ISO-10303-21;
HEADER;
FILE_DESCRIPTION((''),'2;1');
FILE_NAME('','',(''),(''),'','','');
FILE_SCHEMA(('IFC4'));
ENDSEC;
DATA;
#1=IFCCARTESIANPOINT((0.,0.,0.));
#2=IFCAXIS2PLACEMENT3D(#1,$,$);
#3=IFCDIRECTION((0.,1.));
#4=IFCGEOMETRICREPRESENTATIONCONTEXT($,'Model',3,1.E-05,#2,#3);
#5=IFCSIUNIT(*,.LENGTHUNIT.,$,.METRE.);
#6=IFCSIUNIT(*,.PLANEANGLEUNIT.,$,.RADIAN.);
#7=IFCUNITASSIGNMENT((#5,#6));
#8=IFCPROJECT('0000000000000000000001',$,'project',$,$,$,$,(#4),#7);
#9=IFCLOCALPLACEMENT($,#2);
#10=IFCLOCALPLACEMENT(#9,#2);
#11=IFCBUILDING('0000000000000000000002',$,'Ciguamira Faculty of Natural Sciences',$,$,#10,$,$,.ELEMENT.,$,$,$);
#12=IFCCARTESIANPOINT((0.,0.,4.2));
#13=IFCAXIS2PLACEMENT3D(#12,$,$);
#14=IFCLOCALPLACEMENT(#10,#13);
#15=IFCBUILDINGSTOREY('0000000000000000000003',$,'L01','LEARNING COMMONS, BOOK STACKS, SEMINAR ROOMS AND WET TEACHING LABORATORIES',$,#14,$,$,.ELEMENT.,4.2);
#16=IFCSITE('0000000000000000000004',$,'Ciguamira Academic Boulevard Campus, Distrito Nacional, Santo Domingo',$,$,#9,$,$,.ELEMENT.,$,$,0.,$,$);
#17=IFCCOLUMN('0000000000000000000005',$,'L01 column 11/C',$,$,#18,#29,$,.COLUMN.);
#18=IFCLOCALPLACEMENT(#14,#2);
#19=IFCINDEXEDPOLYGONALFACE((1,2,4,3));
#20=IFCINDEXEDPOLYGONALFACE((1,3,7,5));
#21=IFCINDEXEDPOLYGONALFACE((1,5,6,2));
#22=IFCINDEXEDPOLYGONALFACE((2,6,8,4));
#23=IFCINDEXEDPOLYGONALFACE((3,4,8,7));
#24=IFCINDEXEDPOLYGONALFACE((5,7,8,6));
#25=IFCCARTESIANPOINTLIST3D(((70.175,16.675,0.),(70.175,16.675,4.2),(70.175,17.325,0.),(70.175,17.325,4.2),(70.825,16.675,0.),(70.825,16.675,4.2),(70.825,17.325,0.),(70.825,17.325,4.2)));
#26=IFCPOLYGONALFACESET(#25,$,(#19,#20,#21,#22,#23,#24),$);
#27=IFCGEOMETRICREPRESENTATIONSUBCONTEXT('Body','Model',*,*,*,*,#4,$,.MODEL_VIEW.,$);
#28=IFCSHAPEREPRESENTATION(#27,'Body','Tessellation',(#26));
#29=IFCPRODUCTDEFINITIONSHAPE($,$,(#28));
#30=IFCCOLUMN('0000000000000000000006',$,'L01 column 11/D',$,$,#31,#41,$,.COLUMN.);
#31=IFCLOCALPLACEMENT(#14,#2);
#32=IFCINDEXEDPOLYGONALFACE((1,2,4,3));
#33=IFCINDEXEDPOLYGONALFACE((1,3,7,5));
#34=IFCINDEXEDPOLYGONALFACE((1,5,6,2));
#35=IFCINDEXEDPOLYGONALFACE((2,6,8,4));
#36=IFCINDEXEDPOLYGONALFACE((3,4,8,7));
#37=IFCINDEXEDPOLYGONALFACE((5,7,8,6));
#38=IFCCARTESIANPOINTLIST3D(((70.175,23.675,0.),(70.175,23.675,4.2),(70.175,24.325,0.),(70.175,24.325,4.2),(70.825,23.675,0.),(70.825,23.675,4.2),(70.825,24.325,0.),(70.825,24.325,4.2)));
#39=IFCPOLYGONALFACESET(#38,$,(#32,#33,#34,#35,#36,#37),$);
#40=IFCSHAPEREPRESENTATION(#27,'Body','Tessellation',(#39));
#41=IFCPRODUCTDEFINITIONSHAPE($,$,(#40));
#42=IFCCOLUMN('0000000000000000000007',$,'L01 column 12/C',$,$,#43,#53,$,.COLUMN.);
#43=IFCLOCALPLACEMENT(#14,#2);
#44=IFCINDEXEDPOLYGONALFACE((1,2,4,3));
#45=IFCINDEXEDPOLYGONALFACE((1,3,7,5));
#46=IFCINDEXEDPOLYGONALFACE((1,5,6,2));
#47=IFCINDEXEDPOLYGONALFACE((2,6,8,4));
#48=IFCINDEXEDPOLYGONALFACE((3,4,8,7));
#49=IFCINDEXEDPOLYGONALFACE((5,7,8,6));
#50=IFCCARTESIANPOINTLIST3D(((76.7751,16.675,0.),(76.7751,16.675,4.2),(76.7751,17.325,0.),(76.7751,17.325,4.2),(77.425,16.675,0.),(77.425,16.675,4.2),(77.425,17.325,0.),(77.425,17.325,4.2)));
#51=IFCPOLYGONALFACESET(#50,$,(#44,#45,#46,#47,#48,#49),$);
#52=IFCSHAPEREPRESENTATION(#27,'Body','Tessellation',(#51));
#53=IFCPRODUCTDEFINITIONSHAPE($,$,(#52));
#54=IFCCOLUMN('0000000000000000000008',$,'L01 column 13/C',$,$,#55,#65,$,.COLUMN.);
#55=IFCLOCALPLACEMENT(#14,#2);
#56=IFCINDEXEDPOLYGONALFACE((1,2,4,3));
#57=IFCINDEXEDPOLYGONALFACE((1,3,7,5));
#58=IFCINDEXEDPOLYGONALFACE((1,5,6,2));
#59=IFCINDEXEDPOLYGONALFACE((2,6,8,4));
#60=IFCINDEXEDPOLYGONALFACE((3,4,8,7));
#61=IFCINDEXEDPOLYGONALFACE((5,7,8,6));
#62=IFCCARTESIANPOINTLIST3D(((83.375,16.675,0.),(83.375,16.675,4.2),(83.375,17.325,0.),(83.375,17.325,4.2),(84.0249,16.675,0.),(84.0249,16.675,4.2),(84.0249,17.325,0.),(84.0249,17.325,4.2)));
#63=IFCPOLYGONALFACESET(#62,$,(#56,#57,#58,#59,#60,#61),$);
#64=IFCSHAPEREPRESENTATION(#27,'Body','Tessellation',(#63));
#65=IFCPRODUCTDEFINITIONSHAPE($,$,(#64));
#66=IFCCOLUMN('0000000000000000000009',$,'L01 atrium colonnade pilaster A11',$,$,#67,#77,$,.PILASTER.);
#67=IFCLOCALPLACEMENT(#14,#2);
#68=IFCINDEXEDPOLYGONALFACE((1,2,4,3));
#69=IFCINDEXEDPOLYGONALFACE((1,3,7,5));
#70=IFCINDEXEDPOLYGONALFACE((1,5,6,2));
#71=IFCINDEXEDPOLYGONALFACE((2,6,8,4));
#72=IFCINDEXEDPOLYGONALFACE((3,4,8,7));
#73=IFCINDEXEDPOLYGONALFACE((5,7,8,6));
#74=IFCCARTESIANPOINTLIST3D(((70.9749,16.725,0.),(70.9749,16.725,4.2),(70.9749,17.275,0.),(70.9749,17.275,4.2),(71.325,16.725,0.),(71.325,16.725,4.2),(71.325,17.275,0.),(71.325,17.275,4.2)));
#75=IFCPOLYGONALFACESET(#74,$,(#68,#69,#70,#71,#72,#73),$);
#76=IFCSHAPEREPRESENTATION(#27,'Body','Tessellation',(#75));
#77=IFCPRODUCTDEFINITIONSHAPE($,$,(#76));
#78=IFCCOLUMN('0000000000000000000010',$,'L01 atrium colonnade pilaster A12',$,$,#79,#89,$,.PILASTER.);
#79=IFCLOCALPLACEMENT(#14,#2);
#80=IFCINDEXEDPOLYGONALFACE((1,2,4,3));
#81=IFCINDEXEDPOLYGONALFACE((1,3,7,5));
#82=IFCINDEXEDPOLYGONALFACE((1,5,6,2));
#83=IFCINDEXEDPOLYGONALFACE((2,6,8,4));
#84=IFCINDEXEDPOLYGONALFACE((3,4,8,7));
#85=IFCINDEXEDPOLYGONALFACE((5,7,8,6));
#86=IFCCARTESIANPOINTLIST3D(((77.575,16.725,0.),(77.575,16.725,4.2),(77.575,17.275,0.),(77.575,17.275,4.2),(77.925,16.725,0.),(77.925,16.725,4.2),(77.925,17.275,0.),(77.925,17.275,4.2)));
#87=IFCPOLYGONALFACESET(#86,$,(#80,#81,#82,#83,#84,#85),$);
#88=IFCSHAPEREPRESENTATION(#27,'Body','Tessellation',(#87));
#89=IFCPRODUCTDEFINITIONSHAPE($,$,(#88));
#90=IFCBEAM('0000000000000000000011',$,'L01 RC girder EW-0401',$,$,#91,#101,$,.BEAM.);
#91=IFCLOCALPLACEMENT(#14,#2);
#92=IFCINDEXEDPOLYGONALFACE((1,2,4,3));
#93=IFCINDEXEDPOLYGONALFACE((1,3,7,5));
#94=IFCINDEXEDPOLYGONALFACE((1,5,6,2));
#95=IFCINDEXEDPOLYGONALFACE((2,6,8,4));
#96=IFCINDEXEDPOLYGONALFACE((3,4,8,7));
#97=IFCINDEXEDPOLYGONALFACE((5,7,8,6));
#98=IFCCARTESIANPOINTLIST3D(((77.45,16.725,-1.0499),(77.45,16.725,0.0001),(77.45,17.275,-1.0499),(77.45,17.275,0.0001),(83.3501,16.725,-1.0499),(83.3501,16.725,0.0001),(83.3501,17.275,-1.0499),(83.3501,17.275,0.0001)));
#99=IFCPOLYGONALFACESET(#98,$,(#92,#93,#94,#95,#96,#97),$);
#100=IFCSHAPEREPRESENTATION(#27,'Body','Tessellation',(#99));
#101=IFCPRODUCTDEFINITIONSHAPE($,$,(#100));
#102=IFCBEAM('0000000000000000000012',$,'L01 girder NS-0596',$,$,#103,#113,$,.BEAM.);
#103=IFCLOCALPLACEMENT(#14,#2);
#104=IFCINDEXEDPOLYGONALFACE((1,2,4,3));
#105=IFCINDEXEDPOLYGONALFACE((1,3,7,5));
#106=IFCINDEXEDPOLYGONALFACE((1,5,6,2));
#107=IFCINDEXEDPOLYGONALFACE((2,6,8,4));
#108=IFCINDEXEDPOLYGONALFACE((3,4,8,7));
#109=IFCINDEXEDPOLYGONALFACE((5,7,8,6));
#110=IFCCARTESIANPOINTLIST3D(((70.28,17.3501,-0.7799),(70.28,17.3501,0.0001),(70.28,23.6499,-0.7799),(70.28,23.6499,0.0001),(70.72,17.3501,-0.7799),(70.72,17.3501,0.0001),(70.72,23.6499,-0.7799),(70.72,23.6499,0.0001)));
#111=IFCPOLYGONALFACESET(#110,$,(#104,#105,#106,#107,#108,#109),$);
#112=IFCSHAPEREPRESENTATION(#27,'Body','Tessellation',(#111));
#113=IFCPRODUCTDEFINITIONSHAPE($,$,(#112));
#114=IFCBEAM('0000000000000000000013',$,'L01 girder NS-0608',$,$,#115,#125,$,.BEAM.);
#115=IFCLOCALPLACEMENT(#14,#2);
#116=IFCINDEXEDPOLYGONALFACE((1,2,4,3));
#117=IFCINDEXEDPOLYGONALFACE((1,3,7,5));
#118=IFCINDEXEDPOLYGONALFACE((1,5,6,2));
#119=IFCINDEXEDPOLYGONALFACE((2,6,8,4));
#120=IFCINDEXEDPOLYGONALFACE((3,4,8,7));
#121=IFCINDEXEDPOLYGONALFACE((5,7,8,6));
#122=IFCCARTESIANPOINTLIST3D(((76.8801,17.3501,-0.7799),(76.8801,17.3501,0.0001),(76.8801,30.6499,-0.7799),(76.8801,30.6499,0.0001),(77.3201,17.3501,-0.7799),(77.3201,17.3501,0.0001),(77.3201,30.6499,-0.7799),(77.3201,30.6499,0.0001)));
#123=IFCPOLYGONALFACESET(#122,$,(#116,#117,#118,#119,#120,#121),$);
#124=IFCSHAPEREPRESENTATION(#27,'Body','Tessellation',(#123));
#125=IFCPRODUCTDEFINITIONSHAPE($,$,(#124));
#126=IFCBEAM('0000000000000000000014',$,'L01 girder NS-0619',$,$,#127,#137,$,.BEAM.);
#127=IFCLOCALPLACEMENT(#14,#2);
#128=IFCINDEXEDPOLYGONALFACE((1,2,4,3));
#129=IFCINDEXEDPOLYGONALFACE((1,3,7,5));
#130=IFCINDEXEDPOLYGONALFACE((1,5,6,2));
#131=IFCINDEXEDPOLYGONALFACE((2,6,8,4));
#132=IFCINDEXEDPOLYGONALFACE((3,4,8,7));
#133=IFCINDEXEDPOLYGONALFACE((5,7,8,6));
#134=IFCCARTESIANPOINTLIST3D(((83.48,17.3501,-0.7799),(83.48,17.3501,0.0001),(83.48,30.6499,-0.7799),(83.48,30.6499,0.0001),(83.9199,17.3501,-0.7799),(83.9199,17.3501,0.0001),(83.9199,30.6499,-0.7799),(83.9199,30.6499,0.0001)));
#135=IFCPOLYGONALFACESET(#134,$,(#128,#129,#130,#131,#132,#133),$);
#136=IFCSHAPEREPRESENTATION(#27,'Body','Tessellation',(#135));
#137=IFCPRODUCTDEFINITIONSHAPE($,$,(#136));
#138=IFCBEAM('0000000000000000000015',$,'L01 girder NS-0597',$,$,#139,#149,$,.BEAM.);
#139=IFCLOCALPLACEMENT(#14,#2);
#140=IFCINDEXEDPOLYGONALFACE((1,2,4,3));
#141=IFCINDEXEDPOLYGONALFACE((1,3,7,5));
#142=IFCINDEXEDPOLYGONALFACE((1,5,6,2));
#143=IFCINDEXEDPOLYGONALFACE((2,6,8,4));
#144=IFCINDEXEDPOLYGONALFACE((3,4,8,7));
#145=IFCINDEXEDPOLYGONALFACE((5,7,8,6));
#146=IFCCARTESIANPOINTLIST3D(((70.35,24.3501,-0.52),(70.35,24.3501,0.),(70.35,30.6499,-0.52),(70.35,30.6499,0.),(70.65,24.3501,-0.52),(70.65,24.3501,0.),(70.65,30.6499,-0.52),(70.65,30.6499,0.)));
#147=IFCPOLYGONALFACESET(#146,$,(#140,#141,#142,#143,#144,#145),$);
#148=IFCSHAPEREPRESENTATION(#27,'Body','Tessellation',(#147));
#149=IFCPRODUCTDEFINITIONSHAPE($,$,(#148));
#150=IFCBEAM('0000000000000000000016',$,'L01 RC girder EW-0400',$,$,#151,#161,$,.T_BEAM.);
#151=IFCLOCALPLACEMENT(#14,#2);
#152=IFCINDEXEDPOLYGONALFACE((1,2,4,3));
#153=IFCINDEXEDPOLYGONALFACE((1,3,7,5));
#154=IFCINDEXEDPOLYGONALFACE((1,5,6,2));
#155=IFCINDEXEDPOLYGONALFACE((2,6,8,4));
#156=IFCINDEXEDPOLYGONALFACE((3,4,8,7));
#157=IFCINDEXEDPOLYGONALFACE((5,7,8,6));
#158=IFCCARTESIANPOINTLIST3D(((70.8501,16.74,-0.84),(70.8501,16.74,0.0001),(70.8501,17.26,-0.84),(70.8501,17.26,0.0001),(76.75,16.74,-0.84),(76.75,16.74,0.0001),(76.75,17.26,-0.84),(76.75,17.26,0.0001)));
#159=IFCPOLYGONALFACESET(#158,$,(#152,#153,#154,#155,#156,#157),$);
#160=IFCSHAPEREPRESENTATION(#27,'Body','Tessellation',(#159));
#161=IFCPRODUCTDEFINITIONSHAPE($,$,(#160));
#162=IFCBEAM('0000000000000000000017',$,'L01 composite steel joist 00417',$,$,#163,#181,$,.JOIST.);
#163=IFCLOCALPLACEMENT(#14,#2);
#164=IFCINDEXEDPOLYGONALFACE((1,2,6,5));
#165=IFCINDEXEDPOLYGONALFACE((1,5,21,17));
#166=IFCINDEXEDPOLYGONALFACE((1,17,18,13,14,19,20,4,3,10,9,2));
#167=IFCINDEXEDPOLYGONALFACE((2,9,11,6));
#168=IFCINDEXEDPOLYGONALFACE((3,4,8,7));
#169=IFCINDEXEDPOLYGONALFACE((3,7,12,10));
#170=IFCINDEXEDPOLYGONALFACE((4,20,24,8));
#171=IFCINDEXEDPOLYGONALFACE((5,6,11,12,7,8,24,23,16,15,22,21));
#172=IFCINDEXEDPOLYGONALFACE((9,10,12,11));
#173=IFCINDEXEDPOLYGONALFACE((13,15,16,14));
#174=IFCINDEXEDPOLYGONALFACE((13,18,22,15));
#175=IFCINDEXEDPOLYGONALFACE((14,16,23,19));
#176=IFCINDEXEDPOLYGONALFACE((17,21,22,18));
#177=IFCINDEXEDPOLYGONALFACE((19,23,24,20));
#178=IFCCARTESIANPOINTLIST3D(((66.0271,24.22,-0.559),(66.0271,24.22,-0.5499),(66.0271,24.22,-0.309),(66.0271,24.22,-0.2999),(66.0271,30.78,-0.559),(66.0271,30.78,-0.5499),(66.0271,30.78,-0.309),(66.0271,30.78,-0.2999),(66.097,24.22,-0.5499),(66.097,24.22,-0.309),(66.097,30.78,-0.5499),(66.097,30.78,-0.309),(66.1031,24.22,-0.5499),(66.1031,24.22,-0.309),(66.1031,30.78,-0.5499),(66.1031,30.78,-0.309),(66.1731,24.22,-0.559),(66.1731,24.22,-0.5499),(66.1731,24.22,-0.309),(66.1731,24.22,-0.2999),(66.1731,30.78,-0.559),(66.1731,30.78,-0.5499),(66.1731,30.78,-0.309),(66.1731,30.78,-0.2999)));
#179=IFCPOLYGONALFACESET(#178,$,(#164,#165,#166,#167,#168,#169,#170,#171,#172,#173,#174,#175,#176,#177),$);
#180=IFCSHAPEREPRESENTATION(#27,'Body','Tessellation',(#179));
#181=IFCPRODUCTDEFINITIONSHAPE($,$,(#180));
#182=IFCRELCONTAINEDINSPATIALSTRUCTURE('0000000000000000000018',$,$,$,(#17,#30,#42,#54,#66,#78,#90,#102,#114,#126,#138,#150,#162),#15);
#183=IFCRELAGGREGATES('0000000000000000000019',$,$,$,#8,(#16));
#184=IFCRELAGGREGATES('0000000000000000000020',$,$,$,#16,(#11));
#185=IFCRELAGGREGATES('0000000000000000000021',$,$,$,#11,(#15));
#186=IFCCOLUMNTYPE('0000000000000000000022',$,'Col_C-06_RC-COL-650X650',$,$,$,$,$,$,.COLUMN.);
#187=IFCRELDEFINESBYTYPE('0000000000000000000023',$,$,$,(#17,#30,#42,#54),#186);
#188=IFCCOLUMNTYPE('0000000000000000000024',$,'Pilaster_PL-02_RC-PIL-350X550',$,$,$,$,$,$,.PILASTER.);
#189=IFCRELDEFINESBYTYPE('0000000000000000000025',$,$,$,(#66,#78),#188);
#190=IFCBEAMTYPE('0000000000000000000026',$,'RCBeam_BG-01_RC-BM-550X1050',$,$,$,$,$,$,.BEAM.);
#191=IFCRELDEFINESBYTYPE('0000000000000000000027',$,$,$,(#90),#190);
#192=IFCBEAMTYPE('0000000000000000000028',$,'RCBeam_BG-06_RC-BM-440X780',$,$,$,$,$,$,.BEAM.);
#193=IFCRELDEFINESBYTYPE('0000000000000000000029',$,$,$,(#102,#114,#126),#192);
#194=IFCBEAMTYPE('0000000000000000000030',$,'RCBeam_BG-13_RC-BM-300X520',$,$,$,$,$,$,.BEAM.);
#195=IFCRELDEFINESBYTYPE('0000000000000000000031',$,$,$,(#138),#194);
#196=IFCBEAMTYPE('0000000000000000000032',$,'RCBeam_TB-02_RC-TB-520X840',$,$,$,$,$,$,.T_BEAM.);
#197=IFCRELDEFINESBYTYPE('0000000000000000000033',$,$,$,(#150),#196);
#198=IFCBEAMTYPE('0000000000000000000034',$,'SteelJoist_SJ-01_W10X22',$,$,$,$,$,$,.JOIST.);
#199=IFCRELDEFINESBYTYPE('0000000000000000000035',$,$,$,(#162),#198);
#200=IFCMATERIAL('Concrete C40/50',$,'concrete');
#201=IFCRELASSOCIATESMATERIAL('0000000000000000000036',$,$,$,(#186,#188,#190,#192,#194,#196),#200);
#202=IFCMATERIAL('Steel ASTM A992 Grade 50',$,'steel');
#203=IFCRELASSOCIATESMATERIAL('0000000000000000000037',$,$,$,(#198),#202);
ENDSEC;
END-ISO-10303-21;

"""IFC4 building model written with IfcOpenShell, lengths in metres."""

from ifc_helpers import new_model, si_unit, direction, frame, origin, origin_2d, place, context, subcontext, project, spatial, rectangle, i_section, extrude, material, material_profile, profile_set, type_object, element, save


model = new_model("IFC4")

# Units and contexts
model_context = context("Model", 3, precision=1e-05, world=origin(), true_north=direction((0.0, 1.0)))
body_context = subcontext(model_context, "Body", "Model", "MODEL_VIEW")
ifc_project = project(units=[si_unit("LENGTHUNIT", "METRE"), si_unit("PLANEANGLEUNIT", "RADIAN")], contexts=[model_context])

# Site, building, storey
site_placement = place(None, origin())
site = spatial("IfcSite", under=ifc_project, at=site_placement, Name="Ciguamira Academic Boulevard Campus, Distrito Nacional, Santo Domingo", CompositionType="ELEMENT", RefElevation=0.0)
building_placement = place(site_placement, origin())
building = spatial("IfcBuilding", under=site, at=building_placement, Name="Ciguamira Faculty of Natural Sciences", CompositionType="ELEMENT")
storey_placement = place(building_placement, frame((0.0, 0.0, 4.2)))
storey = spatial("IfcBuildingStorey", under=building, at=storey_placement, Name="L01", Description="LEARNING COMMONS, BOOK STACKS, SEMINAR ROOMS AND WET TEACHING LABORATORIES", CompositionType="ELEMENT", Elevation=4.2)

# Columns
ifc_material_1 = material(Name="Concrete C40/50", Category="concrete")
ifc_material_profile_1 = material_profile(ifc_material_1, rectangle(XDim=0.6499, YDim=0.6499, at=origin_2d()), Name="RC-COL-650X650")
ifc_profile_set_1 = profile_set([ifc_material_profile_1], Name="Concrete C40/50")
column_type_1 = type_object("IfcColumnType", Name="Col_C-06_RC-COL-650X650", PredefinedType="COLUMN", material=ifc_profile_set_1)
for number, where, z_axis, x_axis, name in (
    (1, (70.5, 17.0, 0.0), (0.0, 0.0, 1.0), (1.0, 0.0, 0.0), "L01 column 11/C"),
    (2, (70.5, 24.0, 0.0), (0.0, 0.0, 1.0), (1.0, 0.0, 0.0), "L01 column 11/D"),
    (3, (77.1001, 17.0, 0.0), (0.0, 0.0, 1.0), (1.0, 0.0, 0.0), "L01 column 12/C"),
    (4, (83.7, 17.0, 0.0), (0.0, 0.0, 1.0), (1.0, 0.0, 0.0), "L01 column 13/C"),
):
    element("IfcColumn", number, at=place(storey_placement, frame(where, z_axis=z_axis, x_axis=x_axis)), inside=storey, type_object=column_type_1, Name=name, PredefinedType="COLUMN", context=body_context, shape_type="SweptSolid", body=[
        extrude(rectangle(XDim=0.6499, YDim=0.6499, at=origin_2d()), origin(), (0.0, 0.0, 1.0), 4.2),
    ])
ifc_material_profile_2 = material_profile(ifc_material_1, rectangle(XDim=0.3501, YDim=0.55, at=origin_2d()), Name="RC-PIL-350X550")
ifc_profile_set_2 = profile_set([ifc_material_profile_2], Name="Concrete C40/50")
column_type_2 = type_object("IfcColumnType", Name="Pilaster_PL-02_RC-PIL-350X550", PredefinedType="PILASTER", material=ifc_profile_set_2)
for number, where, z_axis, x_axis, name in (
    (5, (71.1499, 17.0, 0.0), (0.0, 0.0, 1.0), (1.0, 0.0, 0.0), "L01 atrium colonnade pilaster A11"),
    (6, (77.75, 17.0, 0.0), (0.0, 0.0, 1.0), (1.0, 0.0, 0.0), "L01 atrium colonnade pilaster A12"),
):
    element("IfcColumn", number, at=place(storey_placement, frame(where, z_axis=z_axis, x_axis=x_axis)), inside=storey, type_object=column_type_2, Name=name, PredefinedType="PILASTER", context=body_context, shape_type="SweptSolid", body=[
        extrude(rectangle(XDim=0.3501, YDim=0.55, at=origin_2d()), origin(), (0.0, 0.0, 1.0), 4.2),
    ])

# Beams
ifc_material_profile_3 = material_profile(ifc_material_1, rectangle(XDim=0.55, YDim=1.05, at=origin_2d()), Name="RC-BM-550X1050")
ifc_profile_set_3 = profile_set([ifc_material_profile_3], Name="Concrete C40/50")
beam_type_1 = type_object("IfcBeamType", Name="RCBeam_BG-01_RC-BM-550X1050", PredefinedType="BEAM", material=ifc_profile_set_3)
beam_1_placement = place(storey_placement, frame((77.45, 17.0, -0.5249), z_axis=(1.0, 0.0, 0.0), x_axis=(0.0, 1.0, 0.0)))
element("IfcBeam", 7, at=beam_1_placement, inside=storey, type_object=beam_type_1, Name="L01 RC girder EW-0401", PredefinedType="BEAM", context=body_context, shape_type="SweptSolid", body=[
    extrude(rectangle(XDim=0.55, YDim=1.05, at=origin_2d()), origin(), (0.0, 0.0, 1.0), 5.9001),
])
ifc_material_profile_4 = material_profile(ifc_material_1, rectangle(XDim=0.4399, YDim=0.78, at=origin_2d()), Name="RC-BM-440X780")
ifc_profile_set_4 = profile_set([ifc_material_profile_4], Name="Concrete C40/50")
beam_type_2 = type_object("IfcBeamType", Name="RCBeam_BG-06_RC-BM-440X780", PredefinedType="BEAM", material=ifc_profile_set_4)
beam_2_placement = place(storey_placement, frame((70.5, 17.3501, -0.3899), z_axis=(0.0, 1.0, 0.0), x_axis=(-1.0, 0.0, 0.0)))
element("IfcBeam", 8, at=beam_2_placement, inside=storey, type_object=beam_type_2, Name="L01 girder NS-0596", PredefinedType="BEAM", context=body_context, shape_type="SweptSolid", body=[
    extrude(rectangle(XDim=0.4399, YDim=0.78, at=origin_2d()), origin(), (0.0, 0.0, 1.0), 6.2998),
])
for number, where, z_axis, x_axis, name in (
    (9, (77.1001, 17.3501, -0.3899), (0.0, 1.0, 0.0), (-1.0, 0.0, 0.0), "L01 girder NS-0608"),
    (10, (83.7, 17.3501, -0.3899), (0.0, 1.0, 0.0), (-1.0, 0.0, 0.0), "L01 girder NS-0619"),
):
    element("IfcBeam", number, at=place(storey_placement, frame(where, z_axis=z_axis, x_axis=x_axis)), inside=storey, type_object=beam_type_2, Name=name, PredefinedType="BEAM", context=body_context, shape_type="SweptSolid", body=[
        extrude(rectangle(XDim=0.4399, YDim=0.78, at=origin_2d()), origin(), (0.0, 0.0, 1.0), 13.2998),
    ])
ifc_material_profile_5 = material_profile(ifc_material_1, rectangle(XDim=0.3, YDim=0.52, at=origin_2d()), Name="RC-BM-300X520")
ifc_profile_set_5 = profile_set([ifc_material_profile_5], Name="Concrete C40/50")
beam_type_3 = type_object("IfcBeamType", Name="RCBeam_BG-13_RC-BM-300X520", PredefinedType="BEAM", material=ifc_profile_set_5)
beam_3_placement = place(storey_placement, frame((70.5, 24.3501, -0.26), z_axis=(0.0, 1.0, 0.0), x_axis=(-1.0, 0.0, 0.0)))
element("IfcBeam", 11, at=beam_3_placement, inside=storey, type_object=beam_type_3, Name="L01 girder NS-0597", PredefinedType="BEAM", context=body_context, shape_type="SweptSolid", body=[
    extrude(rectangle(XDim=0.3, YDim=0.52, at=origin_2d()), origin(), (0.0, 0.0, 1.0), 6.2998),
])
ifc_material_profile_6 = material_profile(ifc_material_1, rectangle(XDim=0.52, YDim=0.8401, at=origin_2d()), Name="RC-TB-520X840")
ifc_profile_set_6 = profile_set([ifc_material_profile_6], Name="Concrete C40/50")
beam_type_4 = type_object("IfcBeamType", Name="RCBeam_TB-02_RC-TB-520X840", PredefinedType="T_BEAM", material=ifc_profile_set_6)
beam_4_placement = place(storey_placement, frame((70.8501, 17.0, -0.4199), z_axis=(1.0, 0.0, 0.0), x_axis=(0.0, 1.0, 0.0)))
element("IfcBeam", 12, at=beam_4_placement, inside=storey, type_object=beam_type_4, Name="L01 RC girder EW-0400", PredefinedType="T_BEAM", context=body_context, shape_type="SweptSolid", body=[
    extrude(rectangle(XDim=0.52, YDim=0.8401, at=origin_2d()), origin(), (0.0, 0.0, 1.0), 5.8999),
])
ifc_material_2 = material(Name="Steel ASTM A992 Grade 50", Category="steel")
ifc_material_profile_7 = material_profile(ifc_material_2, i_section(OverallWidth=0.146, OverallDepth=0.259, WebThickness=0.0061, FlangeThickness=0.009, at=origin_2d()), Name="W10X22")
ifc_profile_set_7 = profile_set([ifc_material_profile_7], Name="Steel ASTM A992 Grade 50")
beam_type_5 = type_object("IfcBeamType", Name="SteelJoist_SJ-01_W10X22", PredefinedType="JOIST", material=ifc_profile_set_7)
beam_5_placement = place(storey_placement, frame((66.1001, 24.22, -0.4294), z_axis=(0.0, 1.0, 0.0), x_axis=(-1.0, 0.0, 0.0)))
element("IfcBeam", 13, at=beam_5_placement, inside=storey, type_object=beam_type_5, Name="L01 composite steel joist 00417", PredefinedType="JOIST", context=body_context, shape_type="SweptSolid", body=[
    extrude(i_section(OverallWidth=0.146, OverallDepth=0.259, WebThickness=0.0061, FlangeThickness=0.009, at=origin_2d()), origin(), (0.0, 0.0, 1.0), 6.5601),
])

save(model, "model.ifc")
